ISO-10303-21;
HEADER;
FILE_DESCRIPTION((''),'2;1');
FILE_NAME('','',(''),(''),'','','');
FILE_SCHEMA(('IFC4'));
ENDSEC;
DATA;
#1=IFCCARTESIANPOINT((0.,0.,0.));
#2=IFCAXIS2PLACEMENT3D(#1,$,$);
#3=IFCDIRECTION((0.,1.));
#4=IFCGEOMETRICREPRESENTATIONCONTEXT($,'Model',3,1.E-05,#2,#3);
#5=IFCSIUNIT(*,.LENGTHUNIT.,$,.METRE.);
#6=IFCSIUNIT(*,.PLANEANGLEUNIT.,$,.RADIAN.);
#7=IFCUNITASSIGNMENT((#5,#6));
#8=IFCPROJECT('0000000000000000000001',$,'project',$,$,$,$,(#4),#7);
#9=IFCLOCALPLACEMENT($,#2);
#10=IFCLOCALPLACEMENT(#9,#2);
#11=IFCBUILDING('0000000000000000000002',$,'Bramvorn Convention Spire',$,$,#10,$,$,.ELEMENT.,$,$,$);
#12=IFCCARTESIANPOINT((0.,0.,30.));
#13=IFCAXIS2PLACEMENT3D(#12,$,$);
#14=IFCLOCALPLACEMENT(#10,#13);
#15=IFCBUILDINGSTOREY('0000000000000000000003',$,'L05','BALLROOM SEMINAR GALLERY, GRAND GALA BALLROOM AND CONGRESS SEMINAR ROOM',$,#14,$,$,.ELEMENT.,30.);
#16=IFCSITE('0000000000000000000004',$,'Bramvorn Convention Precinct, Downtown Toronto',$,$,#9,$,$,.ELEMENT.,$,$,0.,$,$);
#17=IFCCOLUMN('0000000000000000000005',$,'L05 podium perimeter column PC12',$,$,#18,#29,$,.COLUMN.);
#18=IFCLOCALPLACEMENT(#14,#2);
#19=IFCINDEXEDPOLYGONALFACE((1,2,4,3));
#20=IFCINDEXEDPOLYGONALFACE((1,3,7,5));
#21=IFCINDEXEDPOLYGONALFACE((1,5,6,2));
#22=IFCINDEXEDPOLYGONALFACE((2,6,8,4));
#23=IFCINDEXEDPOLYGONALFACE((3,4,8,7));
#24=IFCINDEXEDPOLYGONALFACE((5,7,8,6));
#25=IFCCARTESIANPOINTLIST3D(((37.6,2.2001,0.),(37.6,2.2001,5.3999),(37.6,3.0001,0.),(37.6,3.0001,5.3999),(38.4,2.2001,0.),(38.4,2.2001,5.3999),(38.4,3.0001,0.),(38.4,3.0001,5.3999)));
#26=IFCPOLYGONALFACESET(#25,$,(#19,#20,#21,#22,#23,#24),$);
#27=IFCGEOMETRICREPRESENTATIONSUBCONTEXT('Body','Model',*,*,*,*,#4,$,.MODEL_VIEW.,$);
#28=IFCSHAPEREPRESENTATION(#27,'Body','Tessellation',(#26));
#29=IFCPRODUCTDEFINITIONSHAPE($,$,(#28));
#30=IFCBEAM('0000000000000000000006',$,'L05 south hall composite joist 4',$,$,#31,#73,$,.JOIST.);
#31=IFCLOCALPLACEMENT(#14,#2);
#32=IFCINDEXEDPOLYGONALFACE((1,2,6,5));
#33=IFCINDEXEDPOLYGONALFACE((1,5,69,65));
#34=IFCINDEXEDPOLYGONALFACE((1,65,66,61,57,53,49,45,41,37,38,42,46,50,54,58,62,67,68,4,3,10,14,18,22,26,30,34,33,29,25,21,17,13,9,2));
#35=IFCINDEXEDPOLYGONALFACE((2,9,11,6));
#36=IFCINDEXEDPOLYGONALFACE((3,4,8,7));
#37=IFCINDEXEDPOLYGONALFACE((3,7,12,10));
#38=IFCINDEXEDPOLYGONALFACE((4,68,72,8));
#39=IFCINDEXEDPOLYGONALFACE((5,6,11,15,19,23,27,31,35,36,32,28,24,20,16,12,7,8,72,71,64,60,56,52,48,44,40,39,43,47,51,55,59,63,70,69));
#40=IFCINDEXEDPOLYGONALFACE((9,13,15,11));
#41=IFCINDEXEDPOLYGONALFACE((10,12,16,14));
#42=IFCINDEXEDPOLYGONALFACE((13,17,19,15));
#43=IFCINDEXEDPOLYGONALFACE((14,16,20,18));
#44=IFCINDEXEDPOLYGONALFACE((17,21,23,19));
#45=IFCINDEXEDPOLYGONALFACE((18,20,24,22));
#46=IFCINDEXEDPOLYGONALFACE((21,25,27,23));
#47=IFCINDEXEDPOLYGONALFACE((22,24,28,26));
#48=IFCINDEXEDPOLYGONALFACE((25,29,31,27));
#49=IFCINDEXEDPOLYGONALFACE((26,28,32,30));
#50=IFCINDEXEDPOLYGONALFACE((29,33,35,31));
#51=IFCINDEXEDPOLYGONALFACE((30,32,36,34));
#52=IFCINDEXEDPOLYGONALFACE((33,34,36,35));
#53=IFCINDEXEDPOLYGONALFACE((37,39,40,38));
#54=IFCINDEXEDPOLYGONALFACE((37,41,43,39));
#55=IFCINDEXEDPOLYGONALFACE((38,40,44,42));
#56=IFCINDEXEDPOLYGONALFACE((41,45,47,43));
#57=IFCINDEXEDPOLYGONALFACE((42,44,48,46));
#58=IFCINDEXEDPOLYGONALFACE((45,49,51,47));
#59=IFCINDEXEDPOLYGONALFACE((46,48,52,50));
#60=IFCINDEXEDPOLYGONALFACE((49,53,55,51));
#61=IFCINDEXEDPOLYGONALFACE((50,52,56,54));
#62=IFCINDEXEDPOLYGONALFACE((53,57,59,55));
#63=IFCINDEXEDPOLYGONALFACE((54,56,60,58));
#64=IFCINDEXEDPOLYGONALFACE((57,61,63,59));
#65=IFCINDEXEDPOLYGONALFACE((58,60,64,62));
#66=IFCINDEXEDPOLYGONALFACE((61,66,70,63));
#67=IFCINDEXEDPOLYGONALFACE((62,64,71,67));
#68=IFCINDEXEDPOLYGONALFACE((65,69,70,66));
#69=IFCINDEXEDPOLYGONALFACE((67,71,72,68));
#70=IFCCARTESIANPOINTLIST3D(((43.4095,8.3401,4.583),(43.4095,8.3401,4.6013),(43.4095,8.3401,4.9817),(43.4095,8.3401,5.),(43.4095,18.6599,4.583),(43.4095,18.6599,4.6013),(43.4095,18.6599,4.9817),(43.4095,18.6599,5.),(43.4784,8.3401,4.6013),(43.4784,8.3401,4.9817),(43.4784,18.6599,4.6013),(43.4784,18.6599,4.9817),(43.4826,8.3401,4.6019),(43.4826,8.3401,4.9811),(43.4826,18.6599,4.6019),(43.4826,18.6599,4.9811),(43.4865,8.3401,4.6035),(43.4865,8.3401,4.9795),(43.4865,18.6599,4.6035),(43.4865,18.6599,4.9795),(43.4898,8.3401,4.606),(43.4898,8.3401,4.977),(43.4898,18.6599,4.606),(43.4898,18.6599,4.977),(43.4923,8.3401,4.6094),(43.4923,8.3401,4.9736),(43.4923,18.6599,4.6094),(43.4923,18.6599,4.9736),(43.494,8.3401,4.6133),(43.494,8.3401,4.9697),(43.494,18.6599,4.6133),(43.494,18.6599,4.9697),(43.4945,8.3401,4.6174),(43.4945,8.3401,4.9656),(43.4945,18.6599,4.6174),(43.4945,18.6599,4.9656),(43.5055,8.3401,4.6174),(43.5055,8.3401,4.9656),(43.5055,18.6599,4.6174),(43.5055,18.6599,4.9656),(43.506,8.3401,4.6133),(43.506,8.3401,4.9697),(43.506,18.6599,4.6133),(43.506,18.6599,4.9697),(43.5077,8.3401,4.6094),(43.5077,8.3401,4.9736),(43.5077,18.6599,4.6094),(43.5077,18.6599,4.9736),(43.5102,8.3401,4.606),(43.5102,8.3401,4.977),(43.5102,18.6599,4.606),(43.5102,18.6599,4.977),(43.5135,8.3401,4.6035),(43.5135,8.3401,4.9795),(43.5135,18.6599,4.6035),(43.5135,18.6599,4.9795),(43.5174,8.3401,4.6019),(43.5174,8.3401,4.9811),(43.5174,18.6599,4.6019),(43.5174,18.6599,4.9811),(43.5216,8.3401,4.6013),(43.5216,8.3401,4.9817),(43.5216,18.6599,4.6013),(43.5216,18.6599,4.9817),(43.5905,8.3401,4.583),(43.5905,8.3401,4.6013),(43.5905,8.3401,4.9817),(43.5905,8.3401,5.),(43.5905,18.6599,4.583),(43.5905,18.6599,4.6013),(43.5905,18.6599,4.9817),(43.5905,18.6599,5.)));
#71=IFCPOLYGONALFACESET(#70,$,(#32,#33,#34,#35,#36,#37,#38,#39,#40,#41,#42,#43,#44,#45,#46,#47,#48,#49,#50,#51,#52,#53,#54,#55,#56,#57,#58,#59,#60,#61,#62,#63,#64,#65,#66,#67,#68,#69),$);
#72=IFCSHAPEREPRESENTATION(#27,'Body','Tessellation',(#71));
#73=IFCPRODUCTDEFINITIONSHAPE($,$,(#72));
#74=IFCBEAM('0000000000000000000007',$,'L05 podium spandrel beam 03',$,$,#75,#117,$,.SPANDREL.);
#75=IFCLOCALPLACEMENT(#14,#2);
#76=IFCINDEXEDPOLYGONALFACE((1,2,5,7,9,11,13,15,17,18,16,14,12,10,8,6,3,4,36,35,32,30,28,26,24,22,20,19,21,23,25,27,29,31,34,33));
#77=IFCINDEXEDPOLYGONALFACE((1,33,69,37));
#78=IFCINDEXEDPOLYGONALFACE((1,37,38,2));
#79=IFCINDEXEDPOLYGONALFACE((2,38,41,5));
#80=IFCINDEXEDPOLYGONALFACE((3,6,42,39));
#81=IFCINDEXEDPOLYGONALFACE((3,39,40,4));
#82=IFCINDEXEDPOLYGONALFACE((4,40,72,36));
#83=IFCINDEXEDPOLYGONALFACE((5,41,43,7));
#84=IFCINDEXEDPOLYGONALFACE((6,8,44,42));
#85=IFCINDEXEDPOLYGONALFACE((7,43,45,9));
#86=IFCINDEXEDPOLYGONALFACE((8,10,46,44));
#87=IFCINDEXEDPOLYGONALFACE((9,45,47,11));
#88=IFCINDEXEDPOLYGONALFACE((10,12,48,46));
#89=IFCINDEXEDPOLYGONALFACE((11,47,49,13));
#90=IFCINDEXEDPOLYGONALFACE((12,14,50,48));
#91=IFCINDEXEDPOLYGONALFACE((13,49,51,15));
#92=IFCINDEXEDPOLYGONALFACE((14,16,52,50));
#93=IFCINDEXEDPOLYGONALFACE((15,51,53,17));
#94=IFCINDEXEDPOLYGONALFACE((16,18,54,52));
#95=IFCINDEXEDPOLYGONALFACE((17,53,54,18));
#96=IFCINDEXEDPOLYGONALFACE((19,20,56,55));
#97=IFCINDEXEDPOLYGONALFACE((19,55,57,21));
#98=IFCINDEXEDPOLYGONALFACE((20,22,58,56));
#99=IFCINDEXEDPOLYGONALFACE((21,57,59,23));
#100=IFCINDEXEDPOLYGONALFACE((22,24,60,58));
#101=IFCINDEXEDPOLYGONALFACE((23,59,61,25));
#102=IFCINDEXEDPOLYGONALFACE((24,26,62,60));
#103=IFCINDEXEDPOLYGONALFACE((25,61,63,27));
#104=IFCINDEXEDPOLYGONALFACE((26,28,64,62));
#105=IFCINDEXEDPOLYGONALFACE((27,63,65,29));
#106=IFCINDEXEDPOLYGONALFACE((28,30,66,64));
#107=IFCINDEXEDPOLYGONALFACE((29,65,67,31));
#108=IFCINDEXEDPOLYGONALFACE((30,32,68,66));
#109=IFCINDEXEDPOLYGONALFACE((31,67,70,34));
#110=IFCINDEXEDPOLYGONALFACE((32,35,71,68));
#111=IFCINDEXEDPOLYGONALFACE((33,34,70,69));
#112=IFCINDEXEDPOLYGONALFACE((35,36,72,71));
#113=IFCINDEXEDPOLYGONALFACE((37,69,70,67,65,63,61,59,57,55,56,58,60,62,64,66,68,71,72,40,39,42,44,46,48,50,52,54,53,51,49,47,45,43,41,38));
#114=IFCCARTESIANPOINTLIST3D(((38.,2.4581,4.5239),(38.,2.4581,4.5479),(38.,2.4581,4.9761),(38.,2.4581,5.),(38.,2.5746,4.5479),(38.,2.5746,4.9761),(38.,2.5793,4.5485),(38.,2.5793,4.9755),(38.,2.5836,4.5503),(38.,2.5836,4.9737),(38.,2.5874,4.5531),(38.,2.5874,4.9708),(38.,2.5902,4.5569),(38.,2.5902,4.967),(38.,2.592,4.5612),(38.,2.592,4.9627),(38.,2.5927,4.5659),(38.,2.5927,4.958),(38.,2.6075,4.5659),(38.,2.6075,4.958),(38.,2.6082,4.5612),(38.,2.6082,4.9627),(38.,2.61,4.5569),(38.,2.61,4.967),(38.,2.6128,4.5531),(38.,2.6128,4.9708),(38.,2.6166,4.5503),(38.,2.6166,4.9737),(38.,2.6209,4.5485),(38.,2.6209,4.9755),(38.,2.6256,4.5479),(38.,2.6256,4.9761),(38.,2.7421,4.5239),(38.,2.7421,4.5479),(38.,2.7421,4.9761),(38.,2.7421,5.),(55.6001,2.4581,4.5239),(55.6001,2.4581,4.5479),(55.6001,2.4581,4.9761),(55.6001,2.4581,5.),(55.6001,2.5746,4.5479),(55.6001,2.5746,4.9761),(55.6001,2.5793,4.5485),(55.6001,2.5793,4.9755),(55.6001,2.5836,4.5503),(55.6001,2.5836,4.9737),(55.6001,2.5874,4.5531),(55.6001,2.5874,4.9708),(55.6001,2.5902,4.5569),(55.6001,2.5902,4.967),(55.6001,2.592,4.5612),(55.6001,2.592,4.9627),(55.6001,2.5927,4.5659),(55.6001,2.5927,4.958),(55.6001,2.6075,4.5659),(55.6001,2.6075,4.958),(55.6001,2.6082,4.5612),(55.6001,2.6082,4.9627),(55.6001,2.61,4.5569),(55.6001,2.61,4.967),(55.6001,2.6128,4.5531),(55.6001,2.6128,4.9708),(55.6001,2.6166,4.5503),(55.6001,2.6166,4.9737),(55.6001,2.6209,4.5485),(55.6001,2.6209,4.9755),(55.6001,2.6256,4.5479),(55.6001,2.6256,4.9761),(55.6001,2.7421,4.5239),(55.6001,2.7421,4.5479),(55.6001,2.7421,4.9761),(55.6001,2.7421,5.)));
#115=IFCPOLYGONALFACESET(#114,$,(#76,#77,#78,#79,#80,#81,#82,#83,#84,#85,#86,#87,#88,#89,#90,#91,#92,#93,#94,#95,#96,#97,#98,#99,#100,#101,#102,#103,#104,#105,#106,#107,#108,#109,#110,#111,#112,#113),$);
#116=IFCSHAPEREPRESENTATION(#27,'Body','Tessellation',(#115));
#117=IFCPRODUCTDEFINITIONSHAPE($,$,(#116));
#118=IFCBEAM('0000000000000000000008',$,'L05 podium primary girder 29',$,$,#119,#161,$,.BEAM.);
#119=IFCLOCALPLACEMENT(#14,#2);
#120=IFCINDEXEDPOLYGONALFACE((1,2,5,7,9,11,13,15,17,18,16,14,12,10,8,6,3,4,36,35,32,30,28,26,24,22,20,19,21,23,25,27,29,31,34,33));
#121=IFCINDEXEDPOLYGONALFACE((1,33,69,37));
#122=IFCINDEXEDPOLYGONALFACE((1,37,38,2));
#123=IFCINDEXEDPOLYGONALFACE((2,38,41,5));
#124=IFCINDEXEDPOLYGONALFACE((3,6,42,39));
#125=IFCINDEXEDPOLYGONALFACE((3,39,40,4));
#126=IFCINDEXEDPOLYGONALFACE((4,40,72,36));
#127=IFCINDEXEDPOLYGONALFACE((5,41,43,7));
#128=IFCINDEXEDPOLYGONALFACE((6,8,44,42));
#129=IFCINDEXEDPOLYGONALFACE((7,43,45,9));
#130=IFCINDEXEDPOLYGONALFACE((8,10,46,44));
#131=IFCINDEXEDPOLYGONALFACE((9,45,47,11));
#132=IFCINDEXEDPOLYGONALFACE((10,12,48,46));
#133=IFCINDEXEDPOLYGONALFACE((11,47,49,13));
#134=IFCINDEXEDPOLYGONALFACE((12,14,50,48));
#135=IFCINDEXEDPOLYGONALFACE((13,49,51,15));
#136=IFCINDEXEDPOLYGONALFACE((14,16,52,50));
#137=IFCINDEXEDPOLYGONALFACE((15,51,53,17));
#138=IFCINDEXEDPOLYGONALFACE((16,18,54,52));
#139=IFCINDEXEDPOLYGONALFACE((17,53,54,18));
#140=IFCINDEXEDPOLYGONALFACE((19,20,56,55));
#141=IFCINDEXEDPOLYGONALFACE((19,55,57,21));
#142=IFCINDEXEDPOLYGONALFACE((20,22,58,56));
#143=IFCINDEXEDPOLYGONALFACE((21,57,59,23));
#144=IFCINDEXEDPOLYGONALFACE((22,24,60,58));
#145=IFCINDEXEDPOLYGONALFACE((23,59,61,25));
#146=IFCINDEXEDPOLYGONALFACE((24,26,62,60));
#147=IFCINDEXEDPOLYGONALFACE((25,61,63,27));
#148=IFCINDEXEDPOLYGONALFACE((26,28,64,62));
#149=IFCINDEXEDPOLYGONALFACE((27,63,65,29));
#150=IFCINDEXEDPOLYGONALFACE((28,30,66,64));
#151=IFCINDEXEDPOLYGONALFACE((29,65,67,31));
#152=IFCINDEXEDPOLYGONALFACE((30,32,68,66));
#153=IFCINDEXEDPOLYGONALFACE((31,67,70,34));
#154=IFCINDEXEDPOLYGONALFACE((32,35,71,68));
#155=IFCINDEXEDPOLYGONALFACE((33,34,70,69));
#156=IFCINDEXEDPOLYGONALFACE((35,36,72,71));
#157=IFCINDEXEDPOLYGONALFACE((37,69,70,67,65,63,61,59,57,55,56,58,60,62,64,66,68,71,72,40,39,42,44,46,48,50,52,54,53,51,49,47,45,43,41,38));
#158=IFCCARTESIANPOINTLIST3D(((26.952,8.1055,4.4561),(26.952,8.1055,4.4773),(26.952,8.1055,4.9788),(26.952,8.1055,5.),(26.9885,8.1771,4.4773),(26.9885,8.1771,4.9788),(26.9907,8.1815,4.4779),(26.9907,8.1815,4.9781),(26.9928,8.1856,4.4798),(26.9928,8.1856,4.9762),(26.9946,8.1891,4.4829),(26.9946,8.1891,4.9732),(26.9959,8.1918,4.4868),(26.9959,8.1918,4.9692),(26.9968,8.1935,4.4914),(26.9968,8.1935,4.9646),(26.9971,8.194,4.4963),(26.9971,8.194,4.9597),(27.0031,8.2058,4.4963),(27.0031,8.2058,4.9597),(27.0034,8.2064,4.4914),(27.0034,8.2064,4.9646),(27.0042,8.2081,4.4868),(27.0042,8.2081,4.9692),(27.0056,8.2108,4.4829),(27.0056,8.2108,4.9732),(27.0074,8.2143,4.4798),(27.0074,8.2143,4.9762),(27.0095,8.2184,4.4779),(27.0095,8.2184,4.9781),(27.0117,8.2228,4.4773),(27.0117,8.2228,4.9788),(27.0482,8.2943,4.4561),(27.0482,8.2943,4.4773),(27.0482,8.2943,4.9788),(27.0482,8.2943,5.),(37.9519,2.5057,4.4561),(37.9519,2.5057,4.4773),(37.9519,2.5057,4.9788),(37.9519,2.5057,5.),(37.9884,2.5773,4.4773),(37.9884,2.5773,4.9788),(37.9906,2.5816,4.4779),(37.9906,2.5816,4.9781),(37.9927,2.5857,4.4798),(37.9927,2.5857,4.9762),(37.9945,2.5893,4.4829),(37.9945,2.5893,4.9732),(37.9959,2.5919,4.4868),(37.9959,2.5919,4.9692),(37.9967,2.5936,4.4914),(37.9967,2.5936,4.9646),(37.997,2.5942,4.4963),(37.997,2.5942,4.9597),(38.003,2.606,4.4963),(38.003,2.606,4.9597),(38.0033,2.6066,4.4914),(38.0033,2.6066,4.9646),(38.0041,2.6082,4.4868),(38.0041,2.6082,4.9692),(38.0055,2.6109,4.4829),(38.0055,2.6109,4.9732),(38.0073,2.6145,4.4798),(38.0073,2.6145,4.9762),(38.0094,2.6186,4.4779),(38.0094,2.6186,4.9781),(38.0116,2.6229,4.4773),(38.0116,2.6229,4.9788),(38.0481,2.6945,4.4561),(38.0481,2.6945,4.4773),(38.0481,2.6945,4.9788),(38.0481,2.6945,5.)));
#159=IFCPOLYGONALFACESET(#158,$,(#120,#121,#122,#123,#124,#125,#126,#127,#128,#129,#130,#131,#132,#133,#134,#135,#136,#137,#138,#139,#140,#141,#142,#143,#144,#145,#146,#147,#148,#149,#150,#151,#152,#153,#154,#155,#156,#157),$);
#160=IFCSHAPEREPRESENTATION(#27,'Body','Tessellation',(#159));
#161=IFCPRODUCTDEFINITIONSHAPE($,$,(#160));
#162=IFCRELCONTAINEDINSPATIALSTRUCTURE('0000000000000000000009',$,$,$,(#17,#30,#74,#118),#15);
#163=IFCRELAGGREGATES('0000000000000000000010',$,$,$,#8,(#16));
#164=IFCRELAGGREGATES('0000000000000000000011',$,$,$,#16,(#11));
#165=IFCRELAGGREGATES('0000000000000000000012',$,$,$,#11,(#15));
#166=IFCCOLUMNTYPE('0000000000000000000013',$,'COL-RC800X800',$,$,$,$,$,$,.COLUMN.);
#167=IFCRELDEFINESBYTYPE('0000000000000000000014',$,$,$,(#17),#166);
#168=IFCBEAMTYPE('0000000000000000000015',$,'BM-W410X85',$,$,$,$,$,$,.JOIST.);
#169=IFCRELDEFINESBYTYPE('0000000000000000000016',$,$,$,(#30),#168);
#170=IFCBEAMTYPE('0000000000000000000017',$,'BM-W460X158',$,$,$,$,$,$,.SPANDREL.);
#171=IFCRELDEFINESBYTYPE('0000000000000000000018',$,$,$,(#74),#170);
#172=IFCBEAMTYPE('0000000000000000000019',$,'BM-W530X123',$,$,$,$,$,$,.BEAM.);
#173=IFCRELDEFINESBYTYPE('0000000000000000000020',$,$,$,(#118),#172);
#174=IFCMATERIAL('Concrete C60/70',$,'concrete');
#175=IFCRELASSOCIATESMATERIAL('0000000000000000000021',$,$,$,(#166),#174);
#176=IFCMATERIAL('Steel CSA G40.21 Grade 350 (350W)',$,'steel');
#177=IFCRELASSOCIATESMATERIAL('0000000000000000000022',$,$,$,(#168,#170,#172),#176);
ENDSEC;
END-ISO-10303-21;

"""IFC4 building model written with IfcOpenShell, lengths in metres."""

from ifc_helpers import new_model, si_unit, direction, frame, origin, origin_2d, place, context, subcontext, project, spatial, rectangle, i_section, extrude, material, material_profile, profile_set, type_object, element, save


model = new_model("IFC4")

# Units and contexts
model_context = context("Model", 3, precision=1e-05, world=origin(), true_north=direction((0.0, 1.0)))
body_context = subcontext(model_context, "Body", "Model", "MODEL_VIEW")
ifc_project = project(units=[si_unit("LENGTHUNIT", "METRE"), si_unit("PLANEANGLEUNIT", "RADIAN")], contexts=[model_context])

# Site, building, storey
site_placement = place(None, origin())
site = spatial("IfcSite", under=ifc_project, at=site_placement, Name="Bramvorn Convention Precinct, Downtown Toronto", CompositionType="ELEMENT", RefElevation=0.0)
building_placement = place(site_placement, origin())
building = spatial("IfcBuilding", under=site, at=building_placement, Name="Bramvorn Convention Spire", CompositionType="ELEMENT")
storey_placement = place(building_placement, frame((0.0, 0.0, 30.0)))
storey = spatial("IfcBuildingStorey", under=building, at=storey_placement, Name="L05", Description="BALLROOM SEMINAR GALLERY, GRAND GALA BALLROOM AND CONGRESS SEMINAR ROOM", CompositionType="ELEMENT", Elevation=30.0)

# Column
ifc_material_1 = material(Name="Steel CSA G40.21 Grade 350 (350W)", Category="steel")
ifc_material_2 = material(Name="Concrete C60/70", Category="concrete")
ifc_material_profile_1 = material_profile(ifc_material_2, rectangle(XDim=0.8, YDim=0.8, at=origin_2d()))
ifc_profile_set_1 = profile_set([ifc_material_profile_1], Name="Concrete C60/70 - RC800X800")
column_type_1 = type_object("IfcColumnType", Name="COL-RC800X800", PredefinedType="COLUMN", material=ifc_profile_set_1)
column_placement = place(storey_placement, frame((38.0, 2.6001, 0.0), z_axis=(0.0, 0.0, 1.0), x_axis=(1.0, 0.0, 0.0)))
element("IfcColumn", 1, at=column_placement, inside=storey, type_object=column_type_1, Name="L05 podium perimeter column PC12", PredefinedType="COLUMN", context=body_context, shape_type="SweptSolid", body=[
    extrude(rectangle(XDim=0.8, YDim=0.8, at=origin_2d()), origin(), (0.0, 0.0, 1.0), 5.3999),
])

# Beams
ifc_material_profile_2 = material_profile(ifc_material_1, i_section(OverallWidth=0.1809, OverallDepth=0.417, WebThickness=0.011, FlangeThickness=0.0183, FilletRadius=0.0161, at=origin_2d()))
ifc_profile_set_2 = profile_set([ifc_material_profile_2], Name="Steel CSA G40.21 Grade 350 (350W) - W410X85")
beam_type_1 = type_object("IfcBeamType", Name="BM-W410X85", PredefinedType="JOIST", material=ifc_profile_set_2)
beam_1_placement = place(storey_placement, frame((43.5, 8.3401, 4.7915), z_axis=(0.0, 1.0, 0.0), x_axis=(-1.0, 0.0, 0.0)))
element("IfcBeam", 2, at=beam_1_placement, inside=storey, type_object=beam_type_1, Name="L05 south hall composite joist 4", PredefinedType="JOIST", context=body_context, shape_type="SweptSolid", body=[
    extrude(i_section(OverallWidth=0.1809, OverallDepth=0.417, WebThickness=0.011, FlangeThickness=0.0183, FilletRadius=0.0161, at=origin_2d()), origin(), (0.0, 0.0, 1.0), 10.3198),
])
ifc_material_profile_3 = material_profile(ifc_material_1, i_section(OverallWidth=0.2839, OverallDepth=0.4761, WebThickness=0.0149, FlangeThickness=0.0239, FilletRadius=0.0181, at=origin_2d()))
ifc_profile_set_3 = profile_set([ifc_material_profile_3], Name="Steel CSA G40.21 Grade 350 (350W) - W460X158")
beam_type_2 = type_object("IfcBeamType", Name="BM-W460X158", PredefinedType="SPANDREL", material=ifc_profile_set_3)
beam_2_placement = place(storey_placement, frame((38.0, 2.6001, 4.762), z_axis=(1.0, 0.0, 0.0), x_axis=(0.0, 1.0, 0.0)))
element("IfcBeam", 3, at=beam_2_placement, inside=storey, type_object=beam_type_2, Name="L05 podium spandrel beam 03", PredefinedType="SPANDREL", context=body_context, shape_type="SweptSolid", body=[
    extrude(i_section(OverallWidth=0.2839, OverallDepth=0.4761, WebThickness=0.0149, FlangeThickness=0.0239, FilletRadius=0.0181, at=origin_2d()), origin(), (0.0, 0.0, 1.0), 17.6001),
])
ifc_material_profile_4 = material_profile(ifc_material_1, i_section(OverallWidth=0.2119, OverallDepth=0.5439, WebThickness=0.0132, FlangeThickness=0.0212, FilletRadius=0.019, at=origin_2d()))
ifc_profile_set_4 = profile_set([ifc_material_profile_4], Name="Steel CSA G40.21 Grade 350 (350W) - W530X123")
beam_type_3 = type_object("IfcBeamType", Name="BM-W530X123", PredefinedType="BEAM", material=ifc_profile_set_4)
beam_3_placement = place(storey_placement, frame((38.0, 2.6001, 4.728), z_axis=(-0.891168, 0.453674, 0.0), x_axis=(-0.453674, -0.891168, 0.0)))
element("IfcBeam", 4, at=beam_3_placement, inside=storey, type_object=beam_type_3, Name="L05 podium primary girder 29", PredefinedType="BEAM", context=body_context, shape_type="SweptSolid", body=[
    extrude(i_section(OverallWidth=0.2119, OverallDepth=0.5439, WebThickness=0.0132, FlangeThickness=0.0212, FilletRadius=0.019, at=origin_2d()), origin(), (0.0, 0.0, 1.0), 12.3433),
])

save(model, "model.ifc")
